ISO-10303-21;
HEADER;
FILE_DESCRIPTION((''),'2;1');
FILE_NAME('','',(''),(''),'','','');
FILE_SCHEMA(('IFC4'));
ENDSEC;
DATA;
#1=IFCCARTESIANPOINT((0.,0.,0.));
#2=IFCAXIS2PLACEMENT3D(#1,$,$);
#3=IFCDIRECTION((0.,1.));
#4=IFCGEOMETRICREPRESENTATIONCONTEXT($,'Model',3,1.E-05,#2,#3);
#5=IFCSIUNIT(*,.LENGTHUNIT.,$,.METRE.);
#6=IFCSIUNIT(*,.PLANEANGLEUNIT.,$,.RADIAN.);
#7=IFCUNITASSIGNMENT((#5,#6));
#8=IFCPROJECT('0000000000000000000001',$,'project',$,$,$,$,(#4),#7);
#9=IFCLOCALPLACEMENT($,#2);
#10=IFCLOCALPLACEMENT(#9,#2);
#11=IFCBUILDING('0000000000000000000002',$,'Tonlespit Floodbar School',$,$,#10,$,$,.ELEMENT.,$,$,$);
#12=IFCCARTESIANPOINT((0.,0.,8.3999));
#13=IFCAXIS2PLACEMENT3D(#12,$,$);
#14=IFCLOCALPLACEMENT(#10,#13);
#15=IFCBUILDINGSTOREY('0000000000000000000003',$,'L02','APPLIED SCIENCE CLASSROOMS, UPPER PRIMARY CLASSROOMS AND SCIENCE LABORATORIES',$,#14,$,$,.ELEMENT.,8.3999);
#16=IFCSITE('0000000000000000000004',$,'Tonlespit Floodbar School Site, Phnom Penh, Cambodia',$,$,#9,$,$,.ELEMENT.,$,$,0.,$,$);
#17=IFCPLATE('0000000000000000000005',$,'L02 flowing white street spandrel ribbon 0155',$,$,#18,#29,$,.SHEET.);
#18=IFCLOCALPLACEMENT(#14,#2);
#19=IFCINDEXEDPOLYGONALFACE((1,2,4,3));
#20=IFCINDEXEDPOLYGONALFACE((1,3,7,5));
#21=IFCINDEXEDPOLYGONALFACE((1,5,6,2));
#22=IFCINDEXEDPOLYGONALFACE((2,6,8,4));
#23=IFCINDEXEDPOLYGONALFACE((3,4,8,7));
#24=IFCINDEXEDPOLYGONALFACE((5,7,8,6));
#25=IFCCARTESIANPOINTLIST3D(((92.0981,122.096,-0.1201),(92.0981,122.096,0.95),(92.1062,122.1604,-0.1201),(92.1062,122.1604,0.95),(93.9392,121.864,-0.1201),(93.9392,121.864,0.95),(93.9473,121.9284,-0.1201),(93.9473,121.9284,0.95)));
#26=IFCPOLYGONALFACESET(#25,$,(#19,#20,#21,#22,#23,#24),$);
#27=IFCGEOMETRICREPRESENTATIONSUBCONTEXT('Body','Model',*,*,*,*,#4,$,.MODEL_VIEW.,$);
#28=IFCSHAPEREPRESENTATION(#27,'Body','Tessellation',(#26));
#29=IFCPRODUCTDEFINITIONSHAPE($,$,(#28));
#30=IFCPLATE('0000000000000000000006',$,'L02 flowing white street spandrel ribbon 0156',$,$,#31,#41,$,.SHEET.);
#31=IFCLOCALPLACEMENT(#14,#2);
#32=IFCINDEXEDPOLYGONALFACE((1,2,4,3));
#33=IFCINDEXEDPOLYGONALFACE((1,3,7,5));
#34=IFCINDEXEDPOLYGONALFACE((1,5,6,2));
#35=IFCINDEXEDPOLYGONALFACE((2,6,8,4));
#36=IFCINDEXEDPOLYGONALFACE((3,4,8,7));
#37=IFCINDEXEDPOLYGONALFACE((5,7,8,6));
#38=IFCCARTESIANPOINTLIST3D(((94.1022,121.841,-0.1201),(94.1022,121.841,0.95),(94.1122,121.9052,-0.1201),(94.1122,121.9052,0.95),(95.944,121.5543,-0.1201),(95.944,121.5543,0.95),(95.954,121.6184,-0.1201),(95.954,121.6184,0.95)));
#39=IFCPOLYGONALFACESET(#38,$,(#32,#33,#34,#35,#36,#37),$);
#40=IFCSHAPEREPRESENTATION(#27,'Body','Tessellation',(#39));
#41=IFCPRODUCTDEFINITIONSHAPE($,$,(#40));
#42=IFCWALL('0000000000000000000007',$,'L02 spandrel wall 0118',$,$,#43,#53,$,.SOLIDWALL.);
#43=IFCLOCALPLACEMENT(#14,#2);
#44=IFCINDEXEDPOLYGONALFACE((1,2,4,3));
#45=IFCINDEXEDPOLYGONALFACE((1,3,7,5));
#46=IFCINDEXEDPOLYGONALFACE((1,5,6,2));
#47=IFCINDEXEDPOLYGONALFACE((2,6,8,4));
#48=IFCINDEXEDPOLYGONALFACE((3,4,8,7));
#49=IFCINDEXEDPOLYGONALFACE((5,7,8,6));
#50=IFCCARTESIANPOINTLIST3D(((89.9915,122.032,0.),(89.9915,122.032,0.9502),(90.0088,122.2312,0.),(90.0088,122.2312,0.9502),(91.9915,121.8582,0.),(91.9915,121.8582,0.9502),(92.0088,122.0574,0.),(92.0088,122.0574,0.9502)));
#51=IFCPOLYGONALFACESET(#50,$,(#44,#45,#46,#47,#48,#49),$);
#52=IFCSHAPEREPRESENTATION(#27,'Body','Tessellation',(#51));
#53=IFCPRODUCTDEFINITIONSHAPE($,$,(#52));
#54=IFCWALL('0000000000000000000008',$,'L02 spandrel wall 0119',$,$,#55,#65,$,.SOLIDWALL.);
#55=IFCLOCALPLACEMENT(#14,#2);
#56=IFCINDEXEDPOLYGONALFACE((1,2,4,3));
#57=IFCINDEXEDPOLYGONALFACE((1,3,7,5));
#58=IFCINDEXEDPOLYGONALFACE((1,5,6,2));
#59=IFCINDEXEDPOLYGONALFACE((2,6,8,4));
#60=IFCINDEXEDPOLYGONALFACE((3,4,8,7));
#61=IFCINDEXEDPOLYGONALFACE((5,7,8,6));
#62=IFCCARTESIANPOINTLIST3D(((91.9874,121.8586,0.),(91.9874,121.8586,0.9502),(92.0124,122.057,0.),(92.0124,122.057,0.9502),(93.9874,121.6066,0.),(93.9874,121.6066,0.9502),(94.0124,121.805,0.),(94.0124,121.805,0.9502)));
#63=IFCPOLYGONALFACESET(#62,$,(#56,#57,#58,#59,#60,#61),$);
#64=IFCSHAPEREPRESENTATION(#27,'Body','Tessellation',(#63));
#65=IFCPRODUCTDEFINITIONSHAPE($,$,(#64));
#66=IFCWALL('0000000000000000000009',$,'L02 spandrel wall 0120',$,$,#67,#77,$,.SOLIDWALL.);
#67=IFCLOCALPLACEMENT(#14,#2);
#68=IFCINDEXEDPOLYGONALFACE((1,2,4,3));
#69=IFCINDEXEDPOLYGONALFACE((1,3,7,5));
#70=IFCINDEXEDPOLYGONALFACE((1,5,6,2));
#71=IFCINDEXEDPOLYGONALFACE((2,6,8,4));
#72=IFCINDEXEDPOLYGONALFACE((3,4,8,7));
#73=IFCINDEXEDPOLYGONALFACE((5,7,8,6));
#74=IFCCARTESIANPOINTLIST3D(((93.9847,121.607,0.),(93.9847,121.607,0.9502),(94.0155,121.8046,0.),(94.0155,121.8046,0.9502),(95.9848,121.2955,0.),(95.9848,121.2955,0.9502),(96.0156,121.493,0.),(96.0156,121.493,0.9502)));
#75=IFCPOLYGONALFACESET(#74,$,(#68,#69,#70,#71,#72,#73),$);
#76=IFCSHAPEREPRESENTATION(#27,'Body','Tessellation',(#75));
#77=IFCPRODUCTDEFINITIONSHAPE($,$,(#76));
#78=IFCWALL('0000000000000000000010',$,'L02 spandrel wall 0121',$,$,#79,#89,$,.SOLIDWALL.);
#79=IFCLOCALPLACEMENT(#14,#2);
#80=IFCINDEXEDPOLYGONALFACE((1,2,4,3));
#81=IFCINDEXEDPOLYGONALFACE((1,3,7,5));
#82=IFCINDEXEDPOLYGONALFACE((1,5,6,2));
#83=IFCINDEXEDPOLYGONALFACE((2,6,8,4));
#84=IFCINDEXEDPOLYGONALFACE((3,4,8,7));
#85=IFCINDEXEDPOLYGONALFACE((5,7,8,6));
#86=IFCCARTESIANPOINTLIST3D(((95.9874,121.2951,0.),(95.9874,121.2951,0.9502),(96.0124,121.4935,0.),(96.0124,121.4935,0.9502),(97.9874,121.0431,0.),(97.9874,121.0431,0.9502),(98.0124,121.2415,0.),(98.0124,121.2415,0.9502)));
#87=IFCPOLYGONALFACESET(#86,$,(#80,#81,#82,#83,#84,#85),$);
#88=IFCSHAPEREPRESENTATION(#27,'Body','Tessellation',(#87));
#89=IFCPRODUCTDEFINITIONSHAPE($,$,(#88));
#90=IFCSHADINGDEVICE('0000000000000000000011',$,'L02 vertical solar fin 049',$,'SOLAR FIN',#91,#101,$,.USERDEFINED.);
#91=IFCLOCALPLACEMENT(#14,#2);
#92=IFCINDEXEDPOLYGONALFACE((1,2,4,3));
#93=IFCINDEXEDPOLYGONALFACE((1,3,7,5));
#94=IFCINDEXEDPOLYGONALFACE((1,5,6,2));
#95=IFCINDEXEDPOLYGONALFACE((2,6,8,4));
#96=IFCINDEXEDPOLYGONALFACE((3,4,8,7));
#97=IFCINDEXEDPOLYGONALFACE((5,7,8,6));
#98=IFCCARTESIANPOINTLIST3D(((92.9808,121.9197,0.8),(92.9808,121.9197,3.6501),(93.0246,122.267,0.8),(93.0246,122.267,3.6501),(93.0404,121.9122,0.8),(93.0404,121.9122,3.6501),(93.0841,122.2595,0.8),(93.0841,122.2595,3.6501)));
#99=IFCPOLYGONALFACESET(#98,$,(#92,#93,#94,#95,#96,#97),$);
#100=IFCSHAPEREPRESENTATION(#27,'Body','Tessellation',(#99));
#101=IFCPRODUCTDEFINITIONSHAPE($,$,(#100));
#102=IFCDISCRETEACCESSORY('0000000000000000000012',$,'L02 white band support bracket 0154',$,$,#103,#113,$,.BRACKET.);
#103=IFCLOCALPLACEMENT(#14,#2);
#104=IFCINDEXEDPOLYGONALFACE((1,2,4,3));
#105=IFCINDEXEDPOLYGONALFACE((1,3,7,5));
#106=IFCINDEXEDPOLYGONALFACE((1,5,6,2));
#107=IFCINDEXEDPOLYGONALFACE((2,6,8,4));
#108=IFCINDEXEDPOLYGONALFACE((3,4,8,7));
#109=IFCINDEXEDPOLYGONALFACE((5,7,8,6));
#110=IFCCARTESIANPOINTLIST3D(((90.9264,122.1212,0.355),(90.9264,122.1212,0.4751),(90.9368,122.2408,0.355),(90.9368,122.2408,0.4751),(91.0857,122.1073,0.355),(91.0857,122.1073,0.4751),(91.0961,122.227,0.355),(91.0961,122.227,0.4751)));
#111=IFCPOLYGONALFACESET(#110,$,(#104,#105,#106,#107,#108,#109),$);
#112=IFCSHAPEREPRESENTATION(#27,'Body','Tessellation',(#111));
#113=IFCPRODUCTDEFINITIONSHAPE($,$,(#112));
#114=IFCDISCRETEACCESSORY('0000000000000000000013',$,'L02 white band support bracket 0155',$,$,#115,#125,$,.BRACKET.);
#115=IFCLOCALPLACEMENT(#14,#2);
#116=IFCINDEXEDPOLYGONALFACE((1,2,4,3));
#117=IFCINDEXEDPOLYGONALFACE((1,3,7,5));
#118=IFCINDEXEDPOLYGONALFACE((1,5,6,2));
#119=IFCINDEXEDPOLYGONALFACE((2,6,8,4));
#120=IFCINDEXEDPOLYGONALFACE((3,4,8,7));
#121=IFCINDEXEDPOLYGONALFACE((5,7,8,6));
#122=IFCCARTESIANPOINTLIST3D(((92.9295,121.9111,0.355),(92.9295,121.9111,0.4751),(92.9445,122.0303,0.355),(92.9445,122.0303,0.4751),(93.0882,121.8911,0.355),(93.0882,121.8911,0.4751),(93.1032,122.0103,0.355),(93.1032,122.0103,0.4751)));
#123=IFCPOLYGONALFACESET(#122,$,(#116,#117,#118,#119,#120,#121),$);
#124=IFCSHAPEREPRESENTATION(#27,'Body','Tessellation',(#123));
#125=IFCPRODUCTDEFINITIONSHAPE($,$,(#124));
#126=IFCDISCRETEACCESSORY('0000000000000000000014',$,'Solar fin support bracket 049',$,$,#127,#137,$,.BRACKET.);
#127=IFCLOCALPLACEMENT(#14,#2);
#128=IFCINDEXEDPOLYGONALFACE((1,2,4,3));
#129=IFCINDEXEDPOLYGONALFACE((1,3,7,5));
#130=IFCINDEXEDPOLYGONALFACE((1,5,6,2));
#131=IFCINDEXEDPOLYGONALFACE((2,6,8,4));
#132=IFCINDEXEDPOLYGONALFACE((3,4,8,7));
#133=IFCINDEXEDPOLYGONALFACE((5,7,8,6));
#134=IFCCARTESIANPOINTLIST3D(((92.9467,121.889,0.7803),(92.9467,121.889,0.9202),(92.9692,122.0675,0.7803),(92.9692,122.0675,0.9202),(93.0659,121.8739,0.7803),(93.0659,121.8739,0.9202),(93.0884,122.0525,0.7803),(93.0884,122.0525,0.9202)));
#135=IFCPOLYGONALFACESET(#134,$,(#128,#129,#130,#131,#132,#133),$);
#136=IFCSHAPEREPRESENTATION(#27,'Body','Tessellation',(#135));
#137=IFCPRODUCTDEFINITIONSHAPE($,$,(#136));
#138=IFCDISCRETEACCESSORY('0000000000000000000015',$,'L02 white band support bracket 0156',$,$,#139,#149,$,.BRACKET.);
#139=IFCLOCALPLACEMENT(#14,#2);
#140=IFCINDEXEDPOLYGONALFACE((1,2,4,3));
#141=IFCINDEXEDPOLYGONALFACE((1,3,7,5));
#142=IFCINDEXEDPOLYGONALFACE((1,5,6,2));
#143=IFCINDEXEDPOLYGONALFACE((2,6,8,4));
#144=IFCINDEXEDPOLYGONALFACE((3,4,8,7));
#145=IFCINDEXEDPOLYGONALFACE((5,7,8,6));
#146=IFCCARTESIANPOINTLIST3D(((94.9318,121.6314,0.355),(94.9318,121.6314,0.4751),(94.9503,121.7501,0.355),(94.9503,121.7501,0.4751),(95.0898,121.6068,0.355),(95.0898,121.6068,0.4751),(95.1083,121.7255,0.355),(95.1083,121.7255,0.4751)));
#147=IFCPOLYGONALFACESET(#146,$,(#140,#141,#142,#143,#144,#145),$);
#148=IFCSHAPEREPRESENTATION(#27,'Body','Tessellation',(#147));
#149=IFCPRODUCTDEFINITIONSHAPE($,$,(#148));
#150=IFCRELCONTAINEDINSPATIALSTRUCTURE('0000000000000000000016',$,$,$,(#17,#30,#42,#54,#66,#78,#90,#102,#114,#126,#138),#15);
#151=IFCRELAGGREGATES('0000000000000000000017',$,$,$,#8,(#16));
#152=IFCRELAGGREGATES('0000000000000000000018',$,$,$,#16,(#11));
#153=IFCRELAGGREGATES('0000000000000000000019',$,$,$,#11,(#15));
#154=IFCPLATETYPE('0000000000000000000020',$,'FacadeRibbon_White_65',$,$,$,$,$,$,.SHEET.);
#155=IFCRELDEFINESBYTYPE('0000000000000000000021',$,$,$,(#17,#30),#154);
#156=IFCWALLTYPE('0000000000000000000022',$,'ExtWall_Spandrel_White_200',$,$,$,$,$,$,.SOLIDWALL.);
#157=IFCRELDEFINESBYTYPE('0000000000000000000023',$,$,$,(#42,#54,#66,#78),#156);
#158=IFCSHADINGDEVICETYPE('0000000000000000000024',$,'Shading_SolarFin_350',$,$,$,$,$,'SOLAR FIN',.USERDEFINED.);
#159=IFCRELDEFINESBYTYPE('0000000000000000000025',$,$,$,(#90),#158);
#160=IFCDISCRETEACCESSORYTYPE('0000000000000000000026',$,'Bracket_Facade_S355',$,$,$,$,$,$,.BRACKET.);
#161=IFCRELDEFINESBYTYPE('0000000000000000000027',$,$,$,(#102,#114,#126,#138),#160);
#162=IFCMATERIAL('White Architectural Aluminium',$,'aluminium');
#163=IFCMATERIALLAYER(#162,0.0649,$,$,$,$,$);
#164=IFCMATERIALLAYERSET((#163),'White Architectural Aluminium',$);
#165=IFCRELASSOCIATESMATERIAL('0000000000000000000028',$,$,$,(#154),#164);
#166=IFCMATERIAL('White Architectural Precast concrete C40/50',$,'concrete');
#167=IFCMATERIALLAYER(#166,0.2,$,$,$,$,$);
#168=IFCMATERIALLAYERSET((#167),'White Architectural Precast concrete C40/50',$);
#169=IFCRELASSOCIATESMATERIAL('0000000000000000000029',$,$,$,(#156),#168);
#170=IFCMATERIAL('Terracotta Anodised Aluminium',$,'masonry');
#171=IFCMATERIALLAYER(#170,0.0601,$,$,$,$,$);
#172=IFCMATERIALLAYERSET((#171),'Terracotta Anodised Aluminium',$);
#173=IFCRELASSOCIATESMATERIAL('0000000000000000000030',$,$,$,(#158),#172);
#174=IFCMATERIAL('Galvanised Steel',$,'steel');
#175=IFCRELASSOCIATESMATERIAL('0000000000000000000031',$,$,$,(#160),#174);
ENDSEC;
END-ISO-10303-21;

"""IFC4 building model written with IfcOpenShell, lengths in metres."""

from ifc_helpers import new_model, si_unit, direction, frame, frame_2d, origin, origin_2d, place, context, subcontext, project, spatial, rectangle, extrude, material, layer, layer_set, type_object, element, save


model = new_model("IFC4")

# Units and contexts
model_context = context("Model", 3, precision=1e-05, world=origin(), true_north=direction((0.0, 1.0)))
body_context = subcontext(model_context, "Body", "Model", "MODEL_VIEW")
ifc_project = project(units=[si_unit("LENGTHUNIT", "METRE"), si_unit("PLANEANGLEUNIT", "RADIAN")], contexts=[model_context])

# Site, building, storey
site_placement = place(None, origin())
site = spatial("IfcSite", under=ifc_project, at=site_placement, Name="Tonlespit Floodbar School Site, Phnom Penh, Cambodia", CompositionType="ELEMENT", RefElevation=0.0)
building_placement = place(site_placement, origin())
building = spatial("IfcBuilding", under=site, at=building_placement, Name="Tonlespit Floodbar School", CompositionType="ELEMENT")
storey_placement = place(building_placement, frame((0.0, 0.0, 8.3999)))
storey = spatial("IfcBuildingStorey", under=building, at=storey_placement, Name="L02", Description="APPLIED SCIENCE CLASSROOMS, UPPER PRIMARY CLASSROOMS AND SCIENCE LABORATORIES", CompositionType="ELEMENT", Elevation=8.3999)

# Plates
ifc_material_1 = material(Name="White Architectural Aluminium", Category="aluminium")
ifc_layer_1 = layer(ifc_material_1, 0.0649)
ifc_layer_set_1 = layer_set([ifc_layer_1], Name="White Architectural Aluminium")
plate_type_1 = type_object("IfcPlateType", Name="FacadeRibbon_White_65", PredefinedType="SHEET", material=ifc_layer_set_1)
plate_1_placement = place(storey_placement, frame((93.0227, 122.0122, -0.1201), z_axis=(0.0, 0.0, 1.0), x_axis=(0.992155, -0.125011, 0.0)))
element("IfcPlate", 1, at=plate_1_placement, inside=storey, type_object=plate_type_1, Name="L02 flowing white street spandrel ribbon 0155", PredefinedType="SHEET", context=body_context, shape_type="SweptSolid", body=[
    extrude(rectangle(XDim=1.8557, YDim=0.0649, at=origin_2d()), origin(), (0.0, 0.0, 1.0), 1.0701),
])
plate_2_placement = place(storey_placement, frame((95.0281, 121.7297, -0.1201), z_axis=(0.0, 0.0, 1.0), x_axis=(0.988095, -0.153846, 0.0)))
element("IfcPlate", 2, at=plate_2_placement, inside=storey, type_object=plate_type_1, Name="L02 flowing white street spandrel ribbon 0156", PredefinedType="SHEET", context=body_context, shape_type="SweptSolid", body=[
    extrude(rectangle(XDim=1.864, YDim=0.0649, at=origin_2d()), origin(), (0.0, 0.0, 1.0), 1.0701),
])

# Walls
ifc_material_2 = material(Name="White Architectural Precast concrete C40/50", Category="concrete")
ifc_layer_2 = layer(ifc_material_2, 0.2)
ifc_layer_set_2 = layer_set([ifc_layer_2], Name="White Architectural Precast concrete C40/50")
wall_type = type_object("IfcWallType", Name="ExtWall_Spandrel_White_200", PredefinedType="SOLIDWALL", material=ifc_layer_set_2)
wall_1_placement = place(storey_placement, frame((90.0, 122.1316, 0.0), z_axis=(0.0, 0.0, 1.0), x_axis=(0.996244, -0.086588, 0.0)))
element("IfcWall", 3, at=wall_1_placement, inside=storey, type_object=wall_type, Name="L02 spandrel wall 0118", PredefinedType="SOLIDWALL", context=body_context, shape_type="SweptSolid", body=[
    extrude(rectangle(XDim=2.0076, YDim=0.2, at=frame_2d((1.0039, 0.0))), origin(), (0.0, 0.0, 1.0), 0.9502),
])
wall_2_placement = place(storey_placement, frame((92.0, 121.9578, 0.0), z_axis=(0.0, 0.0, 1.0), x_axis=(0.992158, -0.124989, 0.0)))
element("IfcWall", 4, at=wall_2_placement, inside=storey, type_object=wall_type, Name="L02 spandrel wall 0119", PredefinedType="SOLIDWALL", context=body_context, shape_type="SweptSolid", body=[
    extrude(rectangle(XDim=2.0159, YDim=0.2, at=frame_2d((1.0078, 0.0))), origin(), (0.0, 0.0, 1.0), 0.9502),
])
wall_3_placement = place(storey_placement, frame((94.0, 121.7058, 0.0), z_axis=(0.0, 0.0, 1.0), x_axis=(0.988086, -0.153906, 0.0)))
element("IfcWall", 5, at=wall_3_placement, inside=storey, type_object=wall_type, Name="L02 spandrel wall 0120", PredefinedType="SOLIDWALL", context=body_context, shape_type="SweptSolid", body=[
    extrude(rectangle(XDim=2.0242, YDim=0.2, at=frame_2d((1.0122, 0.0))), origin(), (0.0, 0.0, 1.0), 0.9502),
])
wall_4_placement = place(storey_placement, frame((96.0, 121.3943, 0.0), z_axis=(0.0, 0.0, 1.0), x_axis=(0.992158, -0.124989, 0.0)))
element("IfcWall", 6, at=wall_4_placement, inside=storey, type_object=wall_type, Name="L02 spandrel wall 0121", PredefinedType="SOLIDWALL", context=body_context, shape_type="SweptSolid", body=[
    extrude(rectangle(XDim=2.0159, YDim=0.2, at=frame_2d((1.0078, 0.0))), origin(), (0.0, 0.0, 1.0), 0.9502),
])

# Shading device
ifc_material_3 = material(Name="Terracotta Anodised Aluminium", Category="masonry")
ifc_layer_3 = layer(ifc_material_3, 0.0601)
ifc_layer_set_3 = layer_set([ifc_layer_3], Name="Terracotta Anodised Aluminium")
shading_device_type = type_object("IfcShadingDeviceType", Name="Shading_SolarFin_350", ElementType="SOLAR FIN", PredefinedType="USERDEFINED", material=ifc_layer_set_3)
shading_device_placement = place(storey_placement, frame((93.0325, 122.0896, 0.8), z_axis=(0.0, 0.0, 1.0), x_axis=(0.992155, -0.125011, 0.0)))
element("IfcShadingDevice", 7, at=shading_device_placement, inside=storey, type_object=shading_device_type, Name="L02 vertical solar fin 049", ObjectType="SOLAR FIN", PredefinedType="USERDEFINED", context=body_context, shape_type="SweptSolid", body=[
    extrude(rectangle(XDim=0.0601, YDim=0.3501, at=origin_2d()), origin(), (0.0, 0.0, 1.0), 2.8501),
])

# Discrete accessories
ifc_material_4 = material(Name="Galvanised Steel", Category="steel")
discrete_accessory_type = type_object("IfcDiscreteAccessoryType", Name="Bracket_Facade_S355", PredefinedType="BRACKET", material=ifc_material_4)
for number, where, z_axis, x_axis, name in (
    (8, (91.0112, 122.1741, 0.355), (0.0, 0.0, 1.0), (0.996245, -0.086573, 0.0), "L02 white band support bracket 0154"),
    (9, (93.0164, 121.9607, 0.355), (0.0, 0.0, 1.0), (0.992155, -0.125011, 0.0), "L02 white band support bracket 0155"),
):
    element("IfcDiscreteAccessory", number, at=place(storey_placement, frame(where, z_axis=z_axis, x_axis=x_axis)), inside=storey, type_object=discrete_accessory_type, Name=name, PredefinedType="BRACKET", context=body_context, shape_type="SweptSolid", body=[
        extrude(rectangle(XDim=0.1599, YDim=0.1201, at=origin_2d()), origin(), (0.0, 0.0, 1.0), 0.1201),
    ])
discrete_accessory_1_placement = place(storey_placement, frame((93.0176, 121.9707, 0.7803), z_axis=(0.0, 0.0, 1.0), x_axis=(0.992155, -0.125011, 0.0)))
element("IfcDiscreteAccessory", 10, at=discrete_accessory_1_placement, inside=storey, type_object=discrete_accessory_type, Name="Solar fin support bracket 049", PredefinedType="BRACKET", context=body_context, shape_type="SweptSolid", body=[
    extrude(rectangle(XDim=0.1201, YDim=0.1799, at=origin_2d()), origin(), (0.0, 0.0, 1.0), 0.1399),
])
discrete_accessory_2_placement = place(storey_placement, frame((95.02, 121.6785, 0.355), z_axis=(0.0, 0.0, 1.0), x_axis=(0.988095, -0.153846, 0.0)))
element("IfcDiscreteAccessory", 11, at=discrete_accessory_2_placement, inside=storey, type_object=discrete_accessory_type, Name="L02 white band support bracket 0156", PredefinedType="BRACKET", context=body_context, shape_type="SweptSolid", body=[
    extrude(rectangle(XDim=0.1599, YDim=0.1201, at=origin_2d()), origin(), (0.0, 0.0, 1.0), 0.1201),
])

save(model, "model.ifc")
